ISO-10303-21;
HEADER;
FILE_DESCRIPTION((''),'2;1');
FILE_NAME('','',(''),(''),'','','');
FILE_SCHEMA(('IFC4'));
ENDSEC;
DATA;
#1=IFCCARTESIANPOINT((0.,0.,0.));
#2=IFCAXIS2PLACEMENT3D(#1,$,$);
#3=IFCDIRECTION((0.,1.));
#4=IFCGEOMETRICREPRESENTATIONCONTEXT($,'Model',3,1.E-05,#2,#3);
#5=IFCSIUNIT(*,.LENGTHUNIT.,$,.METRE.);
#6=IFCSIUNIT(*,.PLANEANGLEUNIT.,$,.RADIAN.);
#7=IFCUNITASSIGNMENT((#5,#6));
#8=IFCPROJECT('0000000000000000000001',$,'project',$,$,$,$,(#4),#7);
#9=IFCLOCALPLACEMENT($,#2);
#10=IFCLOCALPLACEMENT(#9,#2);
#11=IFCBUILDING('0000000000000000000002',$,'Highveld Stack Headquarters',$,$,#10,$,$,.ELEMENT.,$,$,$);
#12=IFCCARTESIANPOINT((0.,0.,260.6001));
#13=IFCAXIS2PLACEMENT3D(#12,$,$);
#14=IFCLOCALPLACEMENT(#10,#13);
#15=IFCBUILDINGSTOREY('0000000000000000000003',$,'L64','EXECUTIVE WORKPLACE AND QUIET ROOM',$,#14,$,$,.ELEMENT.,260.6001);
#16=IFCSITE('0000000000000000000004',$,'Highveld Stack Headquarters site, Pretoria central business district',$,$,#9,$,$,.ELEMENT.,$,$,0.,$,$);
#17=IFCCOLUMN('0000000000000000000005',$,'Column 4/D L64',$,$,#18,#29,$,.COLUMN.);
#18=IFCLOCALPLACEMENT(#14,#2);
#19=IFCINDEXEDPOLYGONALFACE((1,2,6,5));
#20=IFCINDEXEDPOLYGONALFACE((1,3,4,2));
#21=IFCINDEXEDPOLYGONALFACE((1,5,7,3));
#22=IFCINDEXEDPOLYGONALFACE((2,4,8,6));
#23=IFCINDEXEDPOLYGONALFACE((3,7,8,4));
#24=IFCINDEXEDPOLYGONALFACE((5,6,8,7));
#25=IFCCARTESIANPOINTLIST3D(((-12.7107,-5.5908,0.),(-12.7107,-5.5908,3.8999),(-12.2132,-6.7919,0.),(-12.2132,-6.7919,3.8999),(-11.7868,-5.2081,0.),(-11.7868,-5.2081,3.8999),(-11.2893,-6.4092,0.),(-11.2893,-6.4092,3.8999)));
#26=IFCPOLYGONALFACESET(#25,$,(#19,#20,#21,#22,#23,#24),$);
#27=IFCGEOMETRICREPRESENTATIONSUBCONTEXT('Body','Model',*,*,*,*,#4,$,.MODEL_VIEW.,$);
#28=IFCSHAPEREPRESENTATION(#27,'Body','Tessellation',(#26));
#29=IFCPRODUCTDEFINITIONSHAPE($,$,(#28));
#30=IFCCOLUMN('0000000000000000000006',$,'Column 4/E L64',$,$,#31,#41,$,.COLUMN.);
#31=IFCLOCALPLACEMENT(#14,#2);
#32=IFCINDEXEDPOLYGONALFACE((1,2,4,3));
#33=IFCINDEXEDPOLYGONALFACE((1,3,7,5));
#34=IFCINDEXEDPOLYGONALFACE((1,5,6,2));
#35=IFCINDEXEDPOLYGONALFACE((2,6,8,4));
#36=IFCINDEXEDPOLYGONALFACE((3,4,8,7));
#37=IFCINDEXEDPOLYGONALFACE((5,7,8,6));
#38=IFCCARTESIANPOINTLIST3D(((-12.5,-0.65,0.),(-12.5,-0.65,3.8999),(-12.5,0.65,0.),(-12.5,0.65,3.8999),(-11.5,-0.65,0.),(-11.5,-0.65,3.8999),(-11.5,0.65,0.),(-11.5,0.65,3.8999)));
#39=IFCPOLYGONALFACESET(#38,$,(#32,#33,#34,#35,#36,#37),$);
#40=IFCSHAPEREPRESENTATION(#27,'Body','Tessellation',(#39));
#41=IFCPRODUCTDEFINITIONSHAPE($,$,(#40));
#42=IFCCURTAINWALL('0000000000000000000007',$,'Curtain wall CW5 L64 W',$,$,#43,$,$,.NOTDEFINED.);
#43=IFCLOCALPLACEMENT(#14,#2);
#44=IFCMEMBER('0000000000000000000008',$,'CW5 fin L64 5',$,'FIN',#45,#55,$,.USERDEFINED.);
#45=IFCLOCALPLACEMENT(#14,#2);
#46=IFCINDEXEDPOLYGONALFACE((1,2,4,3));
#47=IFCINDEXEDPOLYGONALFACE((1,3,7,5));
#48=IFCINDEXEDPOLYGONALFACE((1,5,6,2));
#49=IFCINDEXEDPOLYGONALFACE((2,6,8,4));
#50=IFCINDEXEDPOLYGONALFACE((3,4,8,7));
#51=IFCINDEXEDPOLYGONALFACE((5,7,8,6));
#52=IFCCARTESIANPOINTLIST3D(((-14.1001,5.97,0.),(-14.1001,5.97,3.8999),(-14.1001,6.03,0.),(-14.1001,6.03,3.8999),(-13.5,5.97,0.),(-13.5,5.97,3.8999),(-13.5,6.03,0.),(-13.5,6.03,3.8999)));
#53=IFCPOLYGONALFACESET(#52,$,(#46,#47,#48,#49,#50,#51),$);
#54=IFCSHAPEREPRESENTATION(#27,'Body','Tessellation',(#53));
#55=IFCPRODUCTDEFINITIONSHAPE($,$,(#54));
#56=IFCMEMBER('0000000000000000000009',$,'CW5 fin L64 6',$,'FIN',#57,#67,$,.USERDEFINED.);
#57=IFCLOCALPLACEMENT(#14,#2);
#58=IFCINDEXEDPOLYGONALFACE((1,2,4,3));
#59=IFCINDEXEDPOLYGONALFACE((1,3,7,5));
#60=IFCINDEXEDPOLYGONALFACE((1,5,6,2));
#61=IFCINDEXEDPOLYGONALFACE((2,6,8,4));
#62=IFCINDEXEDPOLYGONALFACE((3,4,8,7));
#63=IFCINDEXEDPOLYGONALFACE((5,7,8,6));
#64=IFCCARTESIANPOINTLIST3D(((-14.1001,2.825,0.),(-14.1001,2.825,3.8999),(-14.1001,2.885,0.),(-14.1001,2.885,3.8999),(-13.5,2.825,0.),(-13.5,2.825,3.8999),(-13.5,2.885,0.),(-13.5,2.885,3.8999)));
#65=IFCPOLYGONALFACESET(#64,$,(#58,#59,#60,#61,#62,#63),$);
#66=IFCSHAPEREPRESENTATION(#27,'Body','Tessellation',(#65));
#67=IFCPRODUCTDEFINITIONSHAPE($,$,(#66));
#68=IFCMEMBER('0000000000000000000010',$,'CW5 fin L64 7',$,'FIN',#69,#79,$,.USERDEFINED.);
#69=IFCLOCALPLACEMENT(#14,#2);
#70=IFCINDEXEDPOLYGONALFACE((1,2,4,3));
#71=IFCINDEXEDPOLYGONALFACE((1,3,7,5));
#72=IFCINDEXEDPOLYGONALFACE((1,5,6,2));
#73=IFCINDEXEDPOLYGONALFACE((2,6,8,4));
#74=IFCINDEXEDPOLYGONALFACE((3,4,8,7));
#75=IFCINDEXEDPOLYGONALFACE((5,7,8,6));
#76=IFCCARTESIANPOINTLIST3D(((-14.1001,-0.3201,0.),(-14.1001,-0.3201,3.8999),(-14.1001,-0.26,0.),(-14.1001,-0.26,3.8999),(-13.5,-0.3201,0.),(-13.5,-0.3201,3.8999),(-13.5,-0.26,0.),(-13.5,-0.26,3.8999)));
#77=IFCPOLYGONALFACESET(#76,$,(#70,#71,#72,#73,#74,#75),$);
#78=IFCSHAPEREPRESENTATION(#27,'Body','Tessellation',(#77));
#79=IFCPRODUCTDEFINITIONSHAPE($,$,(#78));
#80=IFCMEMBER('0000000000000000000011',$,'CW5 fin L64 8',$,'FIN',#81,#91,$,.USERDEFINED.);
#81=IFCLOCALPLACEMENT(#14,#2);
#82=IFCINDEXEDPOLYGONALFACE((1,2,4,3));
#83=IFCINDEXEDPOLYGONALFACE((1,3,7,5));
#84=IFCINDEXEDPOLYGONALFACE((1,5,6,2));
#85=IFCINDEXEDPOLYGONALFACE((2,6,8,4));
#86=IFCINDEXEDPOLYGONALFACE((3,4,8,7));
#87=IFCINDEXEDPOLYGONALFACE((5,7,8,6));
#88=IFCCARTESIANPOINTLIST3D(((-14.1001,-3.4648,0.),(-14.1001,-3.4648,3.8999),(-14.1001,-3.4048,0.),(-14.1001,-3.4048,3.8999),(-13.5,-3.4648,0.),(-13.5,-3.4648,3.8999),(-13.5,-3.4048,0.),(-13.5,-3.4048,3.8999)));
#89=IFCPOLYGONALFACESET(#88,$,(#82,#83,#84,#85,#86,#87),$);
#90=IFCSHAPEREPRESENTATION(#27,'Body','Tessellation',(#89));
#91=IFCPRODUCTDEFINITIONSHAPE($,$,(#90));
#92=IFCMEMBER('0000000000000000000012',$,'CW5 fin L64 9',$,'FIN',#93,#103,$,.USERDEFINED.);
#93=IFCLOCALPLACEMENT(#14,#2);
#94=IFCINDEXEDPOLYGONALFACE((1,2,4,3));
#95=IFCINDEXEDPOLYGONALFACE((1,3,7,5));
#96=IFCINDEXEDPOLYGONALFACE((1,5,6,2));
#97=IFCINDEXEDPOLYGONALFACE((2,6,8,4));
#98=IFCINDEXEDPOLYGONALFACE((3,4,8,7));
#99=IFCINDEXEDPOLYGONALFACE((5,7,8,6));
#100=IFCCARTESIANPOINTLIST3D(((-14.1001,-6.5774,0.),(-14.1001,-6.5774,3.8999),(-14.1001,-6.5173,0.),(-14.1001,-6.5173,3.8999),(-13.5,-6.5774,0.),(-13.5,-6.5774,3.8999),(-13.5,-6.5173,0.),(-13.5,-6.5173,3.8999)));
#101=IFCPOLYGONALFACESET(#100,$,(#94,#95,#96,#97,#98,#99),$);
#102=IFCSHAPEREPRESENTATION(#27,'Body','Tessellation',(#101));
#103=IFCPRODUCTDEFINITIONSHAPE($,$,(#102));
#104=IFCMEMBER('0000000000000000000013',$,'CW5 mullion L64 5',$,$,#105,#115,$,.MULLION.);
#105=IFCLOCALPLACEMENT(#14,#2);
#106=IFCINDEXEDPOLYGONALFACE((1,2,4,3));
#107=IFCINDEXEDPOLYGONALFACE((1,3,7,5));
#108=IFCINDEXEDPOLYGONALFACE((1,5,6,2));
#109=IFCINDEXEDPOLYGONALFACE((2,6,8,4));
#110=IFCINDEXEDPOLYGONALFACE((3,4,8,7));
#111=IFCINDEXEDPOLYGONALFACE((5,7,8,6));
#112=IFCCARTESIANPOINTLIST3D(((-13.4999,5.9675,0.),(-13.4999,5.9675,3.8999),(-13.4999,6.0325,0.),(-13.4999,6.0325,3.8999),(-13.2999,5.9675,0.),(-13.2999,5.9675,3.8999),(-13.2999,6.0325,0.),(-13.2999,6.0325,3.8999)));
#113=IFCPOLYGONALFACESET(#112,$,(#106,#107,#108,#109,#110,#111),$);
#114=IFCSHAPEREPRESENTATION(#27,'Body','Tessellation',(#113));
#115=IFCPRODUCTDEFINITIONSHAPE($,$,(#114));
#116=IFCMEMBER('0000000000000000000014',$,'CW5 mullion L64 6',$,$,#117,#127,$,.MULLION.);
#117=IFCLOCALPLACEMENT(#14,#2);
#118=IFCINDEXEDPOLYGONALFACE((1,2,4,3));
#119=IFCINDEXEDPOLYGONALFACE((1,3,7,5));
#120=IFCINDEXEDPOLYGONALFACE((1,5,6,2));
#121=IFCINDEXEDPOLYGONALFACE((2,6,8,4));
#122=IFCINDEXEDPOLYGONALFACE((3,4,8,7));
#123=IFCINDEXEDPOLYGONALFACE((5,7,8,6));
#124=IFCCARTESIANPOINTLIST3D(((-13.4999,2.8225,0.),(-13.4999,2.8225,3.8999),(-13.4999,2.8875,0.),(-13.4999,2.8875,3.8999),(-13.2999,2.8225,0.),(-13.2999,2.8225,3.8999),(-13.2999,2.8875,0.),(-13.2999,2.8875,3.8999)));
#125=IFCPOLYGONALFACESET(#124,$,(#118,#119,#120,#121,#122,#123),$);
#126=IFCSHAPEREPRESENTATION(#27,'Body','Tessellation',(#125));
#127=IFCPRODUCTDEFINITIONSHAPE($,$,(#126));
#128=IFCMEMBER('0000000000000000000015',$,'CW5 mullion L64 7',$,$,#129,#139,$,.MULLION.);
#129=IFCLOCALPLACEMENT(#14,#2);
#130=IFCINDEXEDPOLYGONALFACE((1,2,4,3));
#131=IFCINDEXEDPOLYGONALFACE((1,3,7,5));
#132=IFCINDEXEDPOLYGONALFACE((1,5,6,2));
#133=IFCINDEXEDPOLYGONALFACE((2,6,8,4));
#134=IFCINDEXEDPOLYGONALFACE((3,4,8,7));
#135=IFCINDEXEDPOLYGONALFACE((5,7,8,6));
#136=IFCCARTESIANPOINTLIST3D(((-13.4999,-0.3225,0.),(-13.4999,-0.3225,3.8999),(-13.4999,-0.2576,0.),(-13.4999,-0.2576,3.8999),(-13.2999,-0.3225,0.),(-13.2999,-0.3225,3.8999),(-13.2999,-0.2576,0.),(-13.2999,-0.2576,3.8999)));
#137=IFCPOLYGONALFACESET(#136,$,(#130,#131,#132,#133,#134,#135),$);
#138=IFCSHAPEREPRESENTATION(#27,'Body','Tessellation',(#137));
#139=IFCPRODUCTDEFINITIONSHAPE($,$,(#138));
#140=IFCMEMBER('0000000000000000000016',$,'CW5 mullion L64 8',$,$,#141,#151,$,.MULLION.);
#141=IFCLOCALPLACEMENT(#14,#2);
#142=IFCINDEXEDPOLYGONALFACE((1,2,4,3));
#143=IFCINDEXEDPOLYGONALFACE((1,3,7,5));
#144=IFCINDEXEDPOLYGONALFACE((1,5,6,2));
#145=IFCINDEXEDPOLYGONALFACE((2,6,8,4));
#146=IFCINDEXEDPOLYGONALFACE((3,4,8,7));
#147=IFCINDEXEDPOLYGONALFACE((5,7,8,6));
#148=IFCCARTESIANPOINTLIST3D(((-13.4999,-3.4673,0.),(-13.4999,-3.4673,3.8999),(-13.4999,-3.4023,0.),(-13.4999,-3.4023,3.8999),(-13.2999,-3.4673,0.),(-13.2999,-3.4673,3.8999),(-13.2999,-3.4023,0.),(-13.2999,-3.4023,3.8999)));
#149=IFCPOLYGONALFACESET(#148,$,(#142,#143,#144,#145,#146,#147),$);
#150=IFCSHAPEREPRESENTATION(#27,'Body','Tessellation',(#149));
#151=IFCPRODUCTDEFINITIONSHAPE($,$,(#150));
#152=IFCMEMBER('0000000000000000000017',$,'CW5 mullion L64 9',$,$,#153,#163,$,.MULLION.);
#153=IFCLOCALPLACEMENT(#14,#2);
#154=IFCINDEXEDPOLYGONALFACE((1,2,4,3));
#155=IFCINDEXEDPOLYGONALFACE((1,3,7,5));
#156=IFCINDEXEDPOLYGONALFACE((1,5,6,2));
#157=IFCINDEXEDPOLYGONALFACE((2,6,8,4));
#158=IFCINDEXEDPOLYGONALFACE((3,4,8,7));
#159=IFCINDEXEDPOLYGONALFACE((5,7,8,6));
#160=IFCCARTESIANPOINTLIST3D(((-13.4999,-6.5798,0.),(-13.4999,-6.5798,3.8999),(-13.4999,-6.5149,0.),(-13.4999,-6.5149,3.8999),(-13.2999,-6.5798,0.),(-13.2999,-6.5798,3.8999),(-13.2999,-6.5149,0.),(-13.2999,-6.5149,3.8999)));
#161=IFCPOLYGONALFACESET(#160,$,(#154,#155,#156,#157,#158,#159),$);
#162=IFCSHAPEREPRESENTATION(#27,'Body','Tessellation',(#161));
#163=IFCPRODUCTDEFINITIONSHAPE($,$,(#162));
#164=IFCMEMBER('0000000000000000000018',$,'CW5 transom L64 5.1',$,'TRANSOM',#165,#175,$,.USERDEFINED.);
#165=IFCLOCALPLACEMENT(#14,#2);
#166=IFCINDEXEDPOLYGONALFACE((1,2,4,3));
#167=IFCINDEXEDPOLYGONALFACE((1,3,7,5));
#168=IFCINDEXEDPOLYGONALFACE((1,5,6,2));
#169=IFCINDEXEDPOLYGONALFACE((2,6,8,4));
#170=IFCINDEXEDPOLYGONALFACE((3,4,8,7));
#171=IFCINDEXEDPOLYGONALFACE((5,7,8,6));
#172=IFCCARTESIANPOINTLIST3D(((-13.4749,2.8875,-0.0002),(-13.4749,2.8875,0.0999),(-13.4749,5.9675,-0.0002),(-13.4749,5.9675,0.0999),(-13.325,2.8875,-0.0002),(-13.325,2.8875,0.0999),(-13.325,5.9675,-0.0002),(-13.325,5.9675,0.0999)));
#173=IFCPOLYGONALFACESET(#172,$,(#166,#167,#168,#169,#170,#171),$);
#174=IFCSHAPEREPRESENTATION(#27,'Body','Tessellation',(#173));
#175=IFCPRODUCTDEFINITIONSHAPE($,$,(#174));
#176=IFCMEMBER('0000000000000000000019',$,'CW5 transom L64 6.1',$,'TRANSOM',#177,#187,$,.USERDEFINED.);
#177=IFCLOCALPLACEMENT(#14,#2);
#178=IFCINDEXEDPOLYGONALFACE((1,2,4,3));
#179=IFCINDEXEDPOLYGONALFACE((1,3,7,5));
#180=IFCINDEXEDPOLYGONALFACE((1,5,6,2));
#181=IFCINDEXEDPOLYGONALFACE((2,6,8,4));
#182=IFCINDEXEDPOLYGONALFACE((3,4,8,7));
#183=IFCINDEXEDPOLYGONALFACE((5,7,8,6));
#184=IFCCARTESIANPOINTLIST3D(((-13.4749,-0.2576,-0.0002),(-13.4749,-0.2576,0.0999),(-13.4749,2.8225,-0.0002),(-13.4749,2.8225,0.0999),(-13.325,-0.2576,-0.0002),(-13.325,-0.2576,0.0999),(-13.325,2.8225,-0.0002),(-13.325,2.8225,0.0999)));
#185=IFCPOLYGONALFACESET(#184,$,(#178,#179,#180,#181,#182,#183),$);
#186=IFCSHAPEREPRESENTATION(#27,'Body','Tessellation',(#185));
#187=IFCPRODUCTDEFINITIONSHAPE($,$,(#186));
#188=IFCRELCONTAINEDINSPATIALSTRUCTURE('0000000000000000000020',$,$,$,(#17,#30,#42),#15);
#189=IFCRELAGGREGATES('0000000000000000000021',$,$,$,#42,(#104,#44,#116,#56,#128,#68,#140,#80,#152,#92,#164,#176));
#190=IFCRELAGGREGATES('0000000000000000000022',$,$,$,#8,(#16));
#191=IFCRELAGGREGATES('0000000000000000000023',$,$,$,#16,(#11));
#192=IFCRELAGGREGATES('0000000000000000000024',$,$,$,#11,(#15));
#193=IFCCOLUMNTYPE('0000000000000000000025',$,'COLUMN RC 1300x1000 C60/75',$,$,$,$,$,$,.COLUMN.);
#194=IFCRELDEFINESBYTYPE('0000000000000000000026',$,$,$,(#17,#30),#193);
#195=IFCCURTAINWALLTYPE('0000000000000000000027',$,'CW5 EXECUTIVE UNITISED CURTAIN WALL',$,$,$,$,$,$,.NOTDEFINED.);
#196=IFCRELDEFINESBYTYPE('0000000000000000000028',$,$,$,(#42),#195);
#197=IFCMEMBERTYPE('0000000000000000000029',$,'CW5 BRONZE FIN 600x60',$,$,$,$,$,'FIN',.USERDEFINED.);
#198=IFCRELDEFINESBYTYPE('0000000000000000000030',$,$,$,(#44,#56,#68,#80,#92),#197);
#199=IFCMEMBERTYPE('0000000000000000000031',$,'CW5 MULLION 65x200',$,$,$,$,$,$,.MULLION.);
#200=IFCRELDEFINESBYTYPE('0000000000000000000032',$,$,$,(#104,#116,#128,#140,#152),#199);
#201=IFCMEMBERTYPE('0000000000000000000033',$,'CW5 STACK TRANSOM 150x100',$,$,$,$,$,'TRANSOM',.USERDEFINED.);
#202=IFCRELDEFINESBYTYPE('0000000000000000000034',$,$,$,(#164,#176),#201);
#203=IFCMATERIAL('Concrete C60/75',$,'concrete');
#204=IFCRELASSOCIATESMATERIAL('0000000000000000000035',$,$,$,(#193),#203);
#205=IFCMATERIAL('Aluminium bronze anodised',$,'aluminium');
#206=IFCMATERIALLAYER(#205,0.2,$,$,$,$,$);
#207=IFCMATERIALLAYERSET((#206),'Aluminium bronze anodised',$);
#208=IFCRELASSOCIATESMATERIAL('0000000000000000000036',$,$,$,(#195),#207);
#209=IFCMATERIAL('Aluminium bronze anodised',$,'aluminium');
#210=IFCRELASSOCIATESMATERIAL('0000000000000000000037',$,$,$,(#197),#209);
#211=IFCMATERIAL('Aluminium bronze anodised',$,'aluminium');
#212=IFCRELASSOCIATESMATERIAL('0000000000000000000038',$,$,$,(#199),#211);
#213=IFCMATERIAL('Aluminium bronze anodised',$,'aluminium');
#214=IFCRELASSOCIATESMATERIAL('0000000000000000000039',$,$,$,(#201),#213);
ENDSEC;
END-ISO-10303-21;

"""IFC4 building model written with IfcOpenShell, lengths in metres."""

from ifc_helpers import new_model, si_unit, direction, frame, origin, origin_2d, place, context, subcontext, project, spatial, rectangle, extrude, material, layer, layer_set, material_profile, profile_set, type_object, element, aggregate, save


model = new_model("IFC4")

# Units and contexts
model_context = context("Model", 3, precision=1e-05, world=origin(), true_north=direction((0.0, 1.0)))
body_context = subcontext(model_context, "Body", "Model", "MODEL_VIEW")
ifc_project = project(units=[si_unit("LENGTHUNIT", "METRE"), si_unit("PLANEANGLEUNIT", "RADIAN")], contexts=[model_context])

# Site, building, storey
site_placement = place(None, origin())
site = spatial("IfcSite", under=ifc_project, at=site_placement, Name="Highveld Stack Headquarters site, Pretoria central business district", CompositionType="ELEMENT", RefElevation=0.0)
building_placement = place(site_placement, origin())
building = spatial("IfcBuilding", under=site, at=building_placement, Name="Highveld Stack Headquarters", CompositionType="ELEMENT")
storey_placement = place(building_placement, frame((0.0, 0.0, 260.6001)))
storey = spatial("IfcBuildingStorey", under=building, at=storey_placement, Name="L64", Description="EXECUTIVE WORKPLACE AND QUIET ROOM", CompositionType="ELEMENT", Elevation=260.6001)

# Columns
ifc_material_1 = material(Name="Concrete C60/75", Category="concrete")
ifc_material_profile_1 = material_profile(ifc_material_1, rectangle(XDim=1.3, YDim=1.0, at=origin_2d()), Name="RC 1300x1000")
ifc_profile_set_1 = profile_set([ifc_material_profile_1], Name="Concrete C60/75")
column_type = type_object("IfcColumnType", Name="COLUMN RC 1300x1000 C60/75", PredefinedType="COLUMN", material=ifc_profile_set_1)
for number, where, z_axis, x_axis, name in (
    (1, (-12.0, -6.0, 0.0), (0.0, 0.0, 1.0), (-0.382683, 0.92388, 0.0), "Column 4/D L64"),
    (2, (-12.0, 0.0, 0.0), (0.0, 0.0, 1.0), (0.0, 1.0, 0.0), "Column 4/E L64"),
):
    element("IfcColumn", number, at=place(storey_placement, frame(where, z_axis=z_axis, x_axis=x_axis)), inside=storey, type_object=column_type, Name=name, PredefinedType="COLUMN", context=body_context, shape_type="SweptSolid", body=[
        extrude(rectangle(XDim=1.3, YDim=1.0, at=origin_2d()), origin(), (0.0, 0.0, 1.0), 3.8999),
    ])

# Curtain wall, members
ifc_material_2 = material(Name="Aluminium bronze anodised", Category="aluminium")
ifc_layer_1 = layer(ifc_material_2, 0.2)
ifc_layer_set_1 = layer_set([ifc_layer_1], Name="Aluminium bronze anodised")
curtain_wall_type = type_object("IfcCurtainWallType", Name="CW5 EXECUTIVE UNITISED CURTAIN WALL", PredefinedType="NOTDEFINED", material=ifc_layer_set_1)
curtain_wall_placement = place(storey_placement, origin())
curtain_wall = element("IfcCurtainWall", 3, at=curtain_wall_placement, inside=storey, type_object=curtain_wall_type, Name="Curtain wall CW5 L64 W", PredefinedType="NOTDEFINED")
ifc_material_3 = material(Name="Aluminium bronze anodised", Category="aluminium")
ifc_material_profile_2 = material_profile(ifc_material_3, rectangle(XDim=0.6001, YDim=0.0601, at=origin_2d()), Name="FIN 600x60")
ifc_profile_set_2 = profile_set([ifc_material_profile_2], Name="Aluminium bronze anodised")
member_type_1 = type_object("IfcMemberType", Name="CW5 BRONZE FIN 600x60", ElementType="FIN", PredefinedType="USERDEFINED", material=ifc_profile_set_2)
member_1_placement = place(storey_placement, frame((-13.8, 6.0, 0.0), z_axis=(0.0, 0.0, 1.0), x_axis=(1.0, 0.0, 0.0)))
member_1 = element("IfcMember", 4, at=member_1_placement, type_object=member_type_1, Name="CW5 fin L64 5", ObjectType="FIN", PredefinedType="USERDEFINED", context=body_context, shape_type="SweptSolid", body=[
    extrude(rectangle(XDim=0.6001, YDim=0.0601, at=origin_2d()), origin(), (0.0, 0.0, 1.0), 3.8999),
])
member_2_placement = place(storey_placement, frame((-13.8, 2.855, 0.0), z_axis=(0.0, 0.0, 1.0), x_axis=(1.0, 0.0, 0.0)))
member_2 = element("IfcMember", 5, at=member_2_placement, type_object=member_type_1, Name="CW5 fin L64 6", ObjectType="FIN", PredefinedType="USERDEFINED", context=body_context, shape_type="SweptSolid", body=[
    extrude(rectangle(XDim=0.6001, YDim=0.0601, at=origin_2d()), origin(), (0.0, 0.0, 1.0), 3.8999),
])
member_3_placement = place(storey_placement, frame((-13.8, -0.29, 0.0), z_axis=(0.0, 0.0, 1.0), x_axis=(1.0, 0.0, 0.0)))
member_3 = element("IfcMember", 6, at=member_3_placement, type_object=member_type_1, Name="CW5 fin L64 7", ObjectType="FIN", PredefinedType="USERDEFINED", context=body_context, shape_type="SweptSolid", body=[
    extrude(rectangle(XDim=0.6001, YDim=0.0601, at=origin_2d()), origin(), (0.0, 0.0, 1.0), 3.8999),
])
member_4_placement = place(storey_placement, frame((-13.8, -3.4348, 0.0), z_axis=(0.0, 0.0, 1.0), x_axis=(1.0, 0.0, 0.0)))
member_4 = element("IfcMember", 7, at=member_4_placement, type_object=member_type_1, Name="CW5 fin L64 8", ObjectType="FIN", PredefinedType="USERDEFINED", context=body_context, shape_type="SweptSolid", body=[
    extrude(rectangle(XDim=0.6001, YDim=0.0601, at=origin_2d()), origin(), (0.0, 0.0, 1.0), 3.8999),
])
member_5_placement = place(storey_placement, frame((-13.8, -6.5474, 0.0), z_axis=(0.0, 0.0, 1.0), x_axis=(1.0, 0.0, 0.0)))
member_5 = element("IfcMember", 8, at=member_5_placement, type_object=member_type_1, Name="CW5 fin L64 9", ObjectType="FIN", PredefinedType="USERDEFINED", context=body_context, shape_type="SweptSolid", body=[
    extrude(rectangle(XDim=0.6001, YDim=0.0601, at=origin_2d()), origin(), (0.0, 0.0, 1.0), 3.8999),
])
ifc_material_4 = material(Name="Aluminium bronze anodised", Category="aluminium")
ifc_material_profile_3 = material_profile(ifc_material_4, rectangle(XDim=0.2, YDim=0.0649, at=origin_2d()), Name="CW5 MULLION 65x200")
ifc_profile_set_3 = profile_set([ifc_material_profile_3], Name="Aluminium bronze anodised")
member_type_2 = type_object("IfcMemberType", Name="CW5 MULLION 65x200", PredefinedType="MULLION", material=ifc_profile_set_3)
member_6_placement = place(storey_placement, frame((-13.3999, 6.0, 0.0), z_axis=(0.0, 0.0, 1.0), x_axis=(1.0, 0.0, 0.0)))
member_6 = element("IfcMember", 9, at=member_6_placement, type_object=member_type_2, Name="CW5 mullion L64 5", PredefinedType="MULLION", context=body_context, shape_type="SweptSolid", body=[
    extrude(rectangle(XDim=0.2, YDim=0.0649, at=origin_2d()), origin(), (0.0, 0.0, 1.0), 3.8999),
])
member_7_placement = place(storey_placement, frame((-13.3999, 2.855, 0.0), z_axis=(0.0, 0.0, 1.0), x_axis=(1.0, 0.0, 0.0)))
member_7 = element("IfcMember", 10, at=member_7_placement, type_object=member_type_2, Name="CW5 mullion L64 6", PredefinedType="MULLION", context=body_context, shape_type="SweptSolid", body=[
    extrude(rectangle(XDim=0.2, YDim=0.0649, at=origin_2d()), origin(), (0.0, 0.0, 1.0), 3.8999),
])
member_8_placement = place(storey_placement, frame((-13.3999, -0.29, 0.0), z_axis=(0.0, 0.0, 1.0), x_axis=(1.0, 0.0, 0.0)))
member_8 = element("IfcMember", 11, at=member_8_placement, type_object=member_type_2, Name="CW5 mullion L64 7", PredefinedType="MULLION", context=body_context, shape_type="SweptSolid", body=[
    extrude(rectangle(XDim=0.2, YDim=0.0649, at=origin_2d()), origin(), (0.0, 0.0, 1.0), 3.8999),
])
member_9_placement = place(storey_placement, frame((-13.3999, -3.4348, 0.0), z_axis=(0.0, 0.0, 1.0), x_axis=(1.0, 0.0, 0.0)))
member_9 = element("IfcMember", 12, at=member_9_placement, type_object=member_type_2, Name="CW5 mullion L64 8", PredefinedType="MULLION", context=body_context, shape_type="SweptSolid", body=[
    extrude(rectangle(XDim=0.2, YDim=0.0649, at=origin_2d()), origin(), (0.0, 0.0, 1.0), 3.8999),
])
member_10_placement = place(storey_placement, frame((-13.3999, -6.5474, 0.0), z_axis=(0.0, 0.0, 1.0), x_axis=(1.0, 0.0, 0.0)))
member_10 = element("IfcMember", 13, at=member_10_placement, type_object=member_type_2, Name="CW5 mullion L64 9", PredefinedType="MULLION", context=body_context, shape_type="SweptSolid", body=[
    extrude(rectangle(XDim=0.2, YDim=0.0649, at=origin_2d()), origin(), (0.0, 0.0, 1.0), 3.8999),
])
ifc_material_5 = material(Name="Aluminium bronze anodised", Category="aluminium")
ifc_material_profile_4 = material_profile(ifc_material_5, rectangle(XDim=0.1499, YDim=0.1001, at=origin_2d()), Name="CW5 TRANSOM 150x100")
ifc_profile_set_4 = profile_set([ifc_material_profile_4], Name="Aluminium bronze anodised")
member_type_3 = type_object("IfcMemberType", Name="CW5 STACK TRANSOM 150x100", ElementType="TRANSOM", PredefinedType="USERDEFINED", material=ifc_profile_set_4)
member_11_placement = place(storey_placement, frame((-13.3999, 5.9675, 0.0498), z_axis=(0.0, -1.0, 0.0), x_axis=(1.0, 0.0, 0.0)))
member_11 = element("IfcMember", 14, at=member_11_placement, type_object=member_type_3, Name="CW5 transom L64 5.1", ObjectType="TRANSOM", PredefinedType="USERDEFINED", context=body_context, shape_type="SweptSolid", body=[
    extrude(rectangle(XDim=0.1499, YDim=0.1001, at=origin_2d()), origin(), (0.0, 0.0, 1.0), 3.0801),
])
member_12_placement = place(storey_placement, frame((-13.3999, 2.8225, 0.0498), z_axis=(0.0, -1.0, 0.0), x_axis=(1.0, 0.0, 0.0)))
member_12 = element("IfcMember", 15, at=member_12_placement, type_object=member_type_3, Name="CW5 transom L64 6.1", ObjectType="TRANSOM", PredefinedType="USERDEFINED", context=body_context, shape_type="SweptSolid", body=[
    extrude(rectangle(XDim=0.1499, YDim=0.1001, at=origin_2d()), origin(), (0.0, 0.0, 1.0), 3.0801),
])
aggregate(curtain_wall, [member_6, member_1, member_7, member_2, member_8, member_3, member_9, member_4, member_10, member_5, member_11, member_12])

save(model, "model.ifc")
